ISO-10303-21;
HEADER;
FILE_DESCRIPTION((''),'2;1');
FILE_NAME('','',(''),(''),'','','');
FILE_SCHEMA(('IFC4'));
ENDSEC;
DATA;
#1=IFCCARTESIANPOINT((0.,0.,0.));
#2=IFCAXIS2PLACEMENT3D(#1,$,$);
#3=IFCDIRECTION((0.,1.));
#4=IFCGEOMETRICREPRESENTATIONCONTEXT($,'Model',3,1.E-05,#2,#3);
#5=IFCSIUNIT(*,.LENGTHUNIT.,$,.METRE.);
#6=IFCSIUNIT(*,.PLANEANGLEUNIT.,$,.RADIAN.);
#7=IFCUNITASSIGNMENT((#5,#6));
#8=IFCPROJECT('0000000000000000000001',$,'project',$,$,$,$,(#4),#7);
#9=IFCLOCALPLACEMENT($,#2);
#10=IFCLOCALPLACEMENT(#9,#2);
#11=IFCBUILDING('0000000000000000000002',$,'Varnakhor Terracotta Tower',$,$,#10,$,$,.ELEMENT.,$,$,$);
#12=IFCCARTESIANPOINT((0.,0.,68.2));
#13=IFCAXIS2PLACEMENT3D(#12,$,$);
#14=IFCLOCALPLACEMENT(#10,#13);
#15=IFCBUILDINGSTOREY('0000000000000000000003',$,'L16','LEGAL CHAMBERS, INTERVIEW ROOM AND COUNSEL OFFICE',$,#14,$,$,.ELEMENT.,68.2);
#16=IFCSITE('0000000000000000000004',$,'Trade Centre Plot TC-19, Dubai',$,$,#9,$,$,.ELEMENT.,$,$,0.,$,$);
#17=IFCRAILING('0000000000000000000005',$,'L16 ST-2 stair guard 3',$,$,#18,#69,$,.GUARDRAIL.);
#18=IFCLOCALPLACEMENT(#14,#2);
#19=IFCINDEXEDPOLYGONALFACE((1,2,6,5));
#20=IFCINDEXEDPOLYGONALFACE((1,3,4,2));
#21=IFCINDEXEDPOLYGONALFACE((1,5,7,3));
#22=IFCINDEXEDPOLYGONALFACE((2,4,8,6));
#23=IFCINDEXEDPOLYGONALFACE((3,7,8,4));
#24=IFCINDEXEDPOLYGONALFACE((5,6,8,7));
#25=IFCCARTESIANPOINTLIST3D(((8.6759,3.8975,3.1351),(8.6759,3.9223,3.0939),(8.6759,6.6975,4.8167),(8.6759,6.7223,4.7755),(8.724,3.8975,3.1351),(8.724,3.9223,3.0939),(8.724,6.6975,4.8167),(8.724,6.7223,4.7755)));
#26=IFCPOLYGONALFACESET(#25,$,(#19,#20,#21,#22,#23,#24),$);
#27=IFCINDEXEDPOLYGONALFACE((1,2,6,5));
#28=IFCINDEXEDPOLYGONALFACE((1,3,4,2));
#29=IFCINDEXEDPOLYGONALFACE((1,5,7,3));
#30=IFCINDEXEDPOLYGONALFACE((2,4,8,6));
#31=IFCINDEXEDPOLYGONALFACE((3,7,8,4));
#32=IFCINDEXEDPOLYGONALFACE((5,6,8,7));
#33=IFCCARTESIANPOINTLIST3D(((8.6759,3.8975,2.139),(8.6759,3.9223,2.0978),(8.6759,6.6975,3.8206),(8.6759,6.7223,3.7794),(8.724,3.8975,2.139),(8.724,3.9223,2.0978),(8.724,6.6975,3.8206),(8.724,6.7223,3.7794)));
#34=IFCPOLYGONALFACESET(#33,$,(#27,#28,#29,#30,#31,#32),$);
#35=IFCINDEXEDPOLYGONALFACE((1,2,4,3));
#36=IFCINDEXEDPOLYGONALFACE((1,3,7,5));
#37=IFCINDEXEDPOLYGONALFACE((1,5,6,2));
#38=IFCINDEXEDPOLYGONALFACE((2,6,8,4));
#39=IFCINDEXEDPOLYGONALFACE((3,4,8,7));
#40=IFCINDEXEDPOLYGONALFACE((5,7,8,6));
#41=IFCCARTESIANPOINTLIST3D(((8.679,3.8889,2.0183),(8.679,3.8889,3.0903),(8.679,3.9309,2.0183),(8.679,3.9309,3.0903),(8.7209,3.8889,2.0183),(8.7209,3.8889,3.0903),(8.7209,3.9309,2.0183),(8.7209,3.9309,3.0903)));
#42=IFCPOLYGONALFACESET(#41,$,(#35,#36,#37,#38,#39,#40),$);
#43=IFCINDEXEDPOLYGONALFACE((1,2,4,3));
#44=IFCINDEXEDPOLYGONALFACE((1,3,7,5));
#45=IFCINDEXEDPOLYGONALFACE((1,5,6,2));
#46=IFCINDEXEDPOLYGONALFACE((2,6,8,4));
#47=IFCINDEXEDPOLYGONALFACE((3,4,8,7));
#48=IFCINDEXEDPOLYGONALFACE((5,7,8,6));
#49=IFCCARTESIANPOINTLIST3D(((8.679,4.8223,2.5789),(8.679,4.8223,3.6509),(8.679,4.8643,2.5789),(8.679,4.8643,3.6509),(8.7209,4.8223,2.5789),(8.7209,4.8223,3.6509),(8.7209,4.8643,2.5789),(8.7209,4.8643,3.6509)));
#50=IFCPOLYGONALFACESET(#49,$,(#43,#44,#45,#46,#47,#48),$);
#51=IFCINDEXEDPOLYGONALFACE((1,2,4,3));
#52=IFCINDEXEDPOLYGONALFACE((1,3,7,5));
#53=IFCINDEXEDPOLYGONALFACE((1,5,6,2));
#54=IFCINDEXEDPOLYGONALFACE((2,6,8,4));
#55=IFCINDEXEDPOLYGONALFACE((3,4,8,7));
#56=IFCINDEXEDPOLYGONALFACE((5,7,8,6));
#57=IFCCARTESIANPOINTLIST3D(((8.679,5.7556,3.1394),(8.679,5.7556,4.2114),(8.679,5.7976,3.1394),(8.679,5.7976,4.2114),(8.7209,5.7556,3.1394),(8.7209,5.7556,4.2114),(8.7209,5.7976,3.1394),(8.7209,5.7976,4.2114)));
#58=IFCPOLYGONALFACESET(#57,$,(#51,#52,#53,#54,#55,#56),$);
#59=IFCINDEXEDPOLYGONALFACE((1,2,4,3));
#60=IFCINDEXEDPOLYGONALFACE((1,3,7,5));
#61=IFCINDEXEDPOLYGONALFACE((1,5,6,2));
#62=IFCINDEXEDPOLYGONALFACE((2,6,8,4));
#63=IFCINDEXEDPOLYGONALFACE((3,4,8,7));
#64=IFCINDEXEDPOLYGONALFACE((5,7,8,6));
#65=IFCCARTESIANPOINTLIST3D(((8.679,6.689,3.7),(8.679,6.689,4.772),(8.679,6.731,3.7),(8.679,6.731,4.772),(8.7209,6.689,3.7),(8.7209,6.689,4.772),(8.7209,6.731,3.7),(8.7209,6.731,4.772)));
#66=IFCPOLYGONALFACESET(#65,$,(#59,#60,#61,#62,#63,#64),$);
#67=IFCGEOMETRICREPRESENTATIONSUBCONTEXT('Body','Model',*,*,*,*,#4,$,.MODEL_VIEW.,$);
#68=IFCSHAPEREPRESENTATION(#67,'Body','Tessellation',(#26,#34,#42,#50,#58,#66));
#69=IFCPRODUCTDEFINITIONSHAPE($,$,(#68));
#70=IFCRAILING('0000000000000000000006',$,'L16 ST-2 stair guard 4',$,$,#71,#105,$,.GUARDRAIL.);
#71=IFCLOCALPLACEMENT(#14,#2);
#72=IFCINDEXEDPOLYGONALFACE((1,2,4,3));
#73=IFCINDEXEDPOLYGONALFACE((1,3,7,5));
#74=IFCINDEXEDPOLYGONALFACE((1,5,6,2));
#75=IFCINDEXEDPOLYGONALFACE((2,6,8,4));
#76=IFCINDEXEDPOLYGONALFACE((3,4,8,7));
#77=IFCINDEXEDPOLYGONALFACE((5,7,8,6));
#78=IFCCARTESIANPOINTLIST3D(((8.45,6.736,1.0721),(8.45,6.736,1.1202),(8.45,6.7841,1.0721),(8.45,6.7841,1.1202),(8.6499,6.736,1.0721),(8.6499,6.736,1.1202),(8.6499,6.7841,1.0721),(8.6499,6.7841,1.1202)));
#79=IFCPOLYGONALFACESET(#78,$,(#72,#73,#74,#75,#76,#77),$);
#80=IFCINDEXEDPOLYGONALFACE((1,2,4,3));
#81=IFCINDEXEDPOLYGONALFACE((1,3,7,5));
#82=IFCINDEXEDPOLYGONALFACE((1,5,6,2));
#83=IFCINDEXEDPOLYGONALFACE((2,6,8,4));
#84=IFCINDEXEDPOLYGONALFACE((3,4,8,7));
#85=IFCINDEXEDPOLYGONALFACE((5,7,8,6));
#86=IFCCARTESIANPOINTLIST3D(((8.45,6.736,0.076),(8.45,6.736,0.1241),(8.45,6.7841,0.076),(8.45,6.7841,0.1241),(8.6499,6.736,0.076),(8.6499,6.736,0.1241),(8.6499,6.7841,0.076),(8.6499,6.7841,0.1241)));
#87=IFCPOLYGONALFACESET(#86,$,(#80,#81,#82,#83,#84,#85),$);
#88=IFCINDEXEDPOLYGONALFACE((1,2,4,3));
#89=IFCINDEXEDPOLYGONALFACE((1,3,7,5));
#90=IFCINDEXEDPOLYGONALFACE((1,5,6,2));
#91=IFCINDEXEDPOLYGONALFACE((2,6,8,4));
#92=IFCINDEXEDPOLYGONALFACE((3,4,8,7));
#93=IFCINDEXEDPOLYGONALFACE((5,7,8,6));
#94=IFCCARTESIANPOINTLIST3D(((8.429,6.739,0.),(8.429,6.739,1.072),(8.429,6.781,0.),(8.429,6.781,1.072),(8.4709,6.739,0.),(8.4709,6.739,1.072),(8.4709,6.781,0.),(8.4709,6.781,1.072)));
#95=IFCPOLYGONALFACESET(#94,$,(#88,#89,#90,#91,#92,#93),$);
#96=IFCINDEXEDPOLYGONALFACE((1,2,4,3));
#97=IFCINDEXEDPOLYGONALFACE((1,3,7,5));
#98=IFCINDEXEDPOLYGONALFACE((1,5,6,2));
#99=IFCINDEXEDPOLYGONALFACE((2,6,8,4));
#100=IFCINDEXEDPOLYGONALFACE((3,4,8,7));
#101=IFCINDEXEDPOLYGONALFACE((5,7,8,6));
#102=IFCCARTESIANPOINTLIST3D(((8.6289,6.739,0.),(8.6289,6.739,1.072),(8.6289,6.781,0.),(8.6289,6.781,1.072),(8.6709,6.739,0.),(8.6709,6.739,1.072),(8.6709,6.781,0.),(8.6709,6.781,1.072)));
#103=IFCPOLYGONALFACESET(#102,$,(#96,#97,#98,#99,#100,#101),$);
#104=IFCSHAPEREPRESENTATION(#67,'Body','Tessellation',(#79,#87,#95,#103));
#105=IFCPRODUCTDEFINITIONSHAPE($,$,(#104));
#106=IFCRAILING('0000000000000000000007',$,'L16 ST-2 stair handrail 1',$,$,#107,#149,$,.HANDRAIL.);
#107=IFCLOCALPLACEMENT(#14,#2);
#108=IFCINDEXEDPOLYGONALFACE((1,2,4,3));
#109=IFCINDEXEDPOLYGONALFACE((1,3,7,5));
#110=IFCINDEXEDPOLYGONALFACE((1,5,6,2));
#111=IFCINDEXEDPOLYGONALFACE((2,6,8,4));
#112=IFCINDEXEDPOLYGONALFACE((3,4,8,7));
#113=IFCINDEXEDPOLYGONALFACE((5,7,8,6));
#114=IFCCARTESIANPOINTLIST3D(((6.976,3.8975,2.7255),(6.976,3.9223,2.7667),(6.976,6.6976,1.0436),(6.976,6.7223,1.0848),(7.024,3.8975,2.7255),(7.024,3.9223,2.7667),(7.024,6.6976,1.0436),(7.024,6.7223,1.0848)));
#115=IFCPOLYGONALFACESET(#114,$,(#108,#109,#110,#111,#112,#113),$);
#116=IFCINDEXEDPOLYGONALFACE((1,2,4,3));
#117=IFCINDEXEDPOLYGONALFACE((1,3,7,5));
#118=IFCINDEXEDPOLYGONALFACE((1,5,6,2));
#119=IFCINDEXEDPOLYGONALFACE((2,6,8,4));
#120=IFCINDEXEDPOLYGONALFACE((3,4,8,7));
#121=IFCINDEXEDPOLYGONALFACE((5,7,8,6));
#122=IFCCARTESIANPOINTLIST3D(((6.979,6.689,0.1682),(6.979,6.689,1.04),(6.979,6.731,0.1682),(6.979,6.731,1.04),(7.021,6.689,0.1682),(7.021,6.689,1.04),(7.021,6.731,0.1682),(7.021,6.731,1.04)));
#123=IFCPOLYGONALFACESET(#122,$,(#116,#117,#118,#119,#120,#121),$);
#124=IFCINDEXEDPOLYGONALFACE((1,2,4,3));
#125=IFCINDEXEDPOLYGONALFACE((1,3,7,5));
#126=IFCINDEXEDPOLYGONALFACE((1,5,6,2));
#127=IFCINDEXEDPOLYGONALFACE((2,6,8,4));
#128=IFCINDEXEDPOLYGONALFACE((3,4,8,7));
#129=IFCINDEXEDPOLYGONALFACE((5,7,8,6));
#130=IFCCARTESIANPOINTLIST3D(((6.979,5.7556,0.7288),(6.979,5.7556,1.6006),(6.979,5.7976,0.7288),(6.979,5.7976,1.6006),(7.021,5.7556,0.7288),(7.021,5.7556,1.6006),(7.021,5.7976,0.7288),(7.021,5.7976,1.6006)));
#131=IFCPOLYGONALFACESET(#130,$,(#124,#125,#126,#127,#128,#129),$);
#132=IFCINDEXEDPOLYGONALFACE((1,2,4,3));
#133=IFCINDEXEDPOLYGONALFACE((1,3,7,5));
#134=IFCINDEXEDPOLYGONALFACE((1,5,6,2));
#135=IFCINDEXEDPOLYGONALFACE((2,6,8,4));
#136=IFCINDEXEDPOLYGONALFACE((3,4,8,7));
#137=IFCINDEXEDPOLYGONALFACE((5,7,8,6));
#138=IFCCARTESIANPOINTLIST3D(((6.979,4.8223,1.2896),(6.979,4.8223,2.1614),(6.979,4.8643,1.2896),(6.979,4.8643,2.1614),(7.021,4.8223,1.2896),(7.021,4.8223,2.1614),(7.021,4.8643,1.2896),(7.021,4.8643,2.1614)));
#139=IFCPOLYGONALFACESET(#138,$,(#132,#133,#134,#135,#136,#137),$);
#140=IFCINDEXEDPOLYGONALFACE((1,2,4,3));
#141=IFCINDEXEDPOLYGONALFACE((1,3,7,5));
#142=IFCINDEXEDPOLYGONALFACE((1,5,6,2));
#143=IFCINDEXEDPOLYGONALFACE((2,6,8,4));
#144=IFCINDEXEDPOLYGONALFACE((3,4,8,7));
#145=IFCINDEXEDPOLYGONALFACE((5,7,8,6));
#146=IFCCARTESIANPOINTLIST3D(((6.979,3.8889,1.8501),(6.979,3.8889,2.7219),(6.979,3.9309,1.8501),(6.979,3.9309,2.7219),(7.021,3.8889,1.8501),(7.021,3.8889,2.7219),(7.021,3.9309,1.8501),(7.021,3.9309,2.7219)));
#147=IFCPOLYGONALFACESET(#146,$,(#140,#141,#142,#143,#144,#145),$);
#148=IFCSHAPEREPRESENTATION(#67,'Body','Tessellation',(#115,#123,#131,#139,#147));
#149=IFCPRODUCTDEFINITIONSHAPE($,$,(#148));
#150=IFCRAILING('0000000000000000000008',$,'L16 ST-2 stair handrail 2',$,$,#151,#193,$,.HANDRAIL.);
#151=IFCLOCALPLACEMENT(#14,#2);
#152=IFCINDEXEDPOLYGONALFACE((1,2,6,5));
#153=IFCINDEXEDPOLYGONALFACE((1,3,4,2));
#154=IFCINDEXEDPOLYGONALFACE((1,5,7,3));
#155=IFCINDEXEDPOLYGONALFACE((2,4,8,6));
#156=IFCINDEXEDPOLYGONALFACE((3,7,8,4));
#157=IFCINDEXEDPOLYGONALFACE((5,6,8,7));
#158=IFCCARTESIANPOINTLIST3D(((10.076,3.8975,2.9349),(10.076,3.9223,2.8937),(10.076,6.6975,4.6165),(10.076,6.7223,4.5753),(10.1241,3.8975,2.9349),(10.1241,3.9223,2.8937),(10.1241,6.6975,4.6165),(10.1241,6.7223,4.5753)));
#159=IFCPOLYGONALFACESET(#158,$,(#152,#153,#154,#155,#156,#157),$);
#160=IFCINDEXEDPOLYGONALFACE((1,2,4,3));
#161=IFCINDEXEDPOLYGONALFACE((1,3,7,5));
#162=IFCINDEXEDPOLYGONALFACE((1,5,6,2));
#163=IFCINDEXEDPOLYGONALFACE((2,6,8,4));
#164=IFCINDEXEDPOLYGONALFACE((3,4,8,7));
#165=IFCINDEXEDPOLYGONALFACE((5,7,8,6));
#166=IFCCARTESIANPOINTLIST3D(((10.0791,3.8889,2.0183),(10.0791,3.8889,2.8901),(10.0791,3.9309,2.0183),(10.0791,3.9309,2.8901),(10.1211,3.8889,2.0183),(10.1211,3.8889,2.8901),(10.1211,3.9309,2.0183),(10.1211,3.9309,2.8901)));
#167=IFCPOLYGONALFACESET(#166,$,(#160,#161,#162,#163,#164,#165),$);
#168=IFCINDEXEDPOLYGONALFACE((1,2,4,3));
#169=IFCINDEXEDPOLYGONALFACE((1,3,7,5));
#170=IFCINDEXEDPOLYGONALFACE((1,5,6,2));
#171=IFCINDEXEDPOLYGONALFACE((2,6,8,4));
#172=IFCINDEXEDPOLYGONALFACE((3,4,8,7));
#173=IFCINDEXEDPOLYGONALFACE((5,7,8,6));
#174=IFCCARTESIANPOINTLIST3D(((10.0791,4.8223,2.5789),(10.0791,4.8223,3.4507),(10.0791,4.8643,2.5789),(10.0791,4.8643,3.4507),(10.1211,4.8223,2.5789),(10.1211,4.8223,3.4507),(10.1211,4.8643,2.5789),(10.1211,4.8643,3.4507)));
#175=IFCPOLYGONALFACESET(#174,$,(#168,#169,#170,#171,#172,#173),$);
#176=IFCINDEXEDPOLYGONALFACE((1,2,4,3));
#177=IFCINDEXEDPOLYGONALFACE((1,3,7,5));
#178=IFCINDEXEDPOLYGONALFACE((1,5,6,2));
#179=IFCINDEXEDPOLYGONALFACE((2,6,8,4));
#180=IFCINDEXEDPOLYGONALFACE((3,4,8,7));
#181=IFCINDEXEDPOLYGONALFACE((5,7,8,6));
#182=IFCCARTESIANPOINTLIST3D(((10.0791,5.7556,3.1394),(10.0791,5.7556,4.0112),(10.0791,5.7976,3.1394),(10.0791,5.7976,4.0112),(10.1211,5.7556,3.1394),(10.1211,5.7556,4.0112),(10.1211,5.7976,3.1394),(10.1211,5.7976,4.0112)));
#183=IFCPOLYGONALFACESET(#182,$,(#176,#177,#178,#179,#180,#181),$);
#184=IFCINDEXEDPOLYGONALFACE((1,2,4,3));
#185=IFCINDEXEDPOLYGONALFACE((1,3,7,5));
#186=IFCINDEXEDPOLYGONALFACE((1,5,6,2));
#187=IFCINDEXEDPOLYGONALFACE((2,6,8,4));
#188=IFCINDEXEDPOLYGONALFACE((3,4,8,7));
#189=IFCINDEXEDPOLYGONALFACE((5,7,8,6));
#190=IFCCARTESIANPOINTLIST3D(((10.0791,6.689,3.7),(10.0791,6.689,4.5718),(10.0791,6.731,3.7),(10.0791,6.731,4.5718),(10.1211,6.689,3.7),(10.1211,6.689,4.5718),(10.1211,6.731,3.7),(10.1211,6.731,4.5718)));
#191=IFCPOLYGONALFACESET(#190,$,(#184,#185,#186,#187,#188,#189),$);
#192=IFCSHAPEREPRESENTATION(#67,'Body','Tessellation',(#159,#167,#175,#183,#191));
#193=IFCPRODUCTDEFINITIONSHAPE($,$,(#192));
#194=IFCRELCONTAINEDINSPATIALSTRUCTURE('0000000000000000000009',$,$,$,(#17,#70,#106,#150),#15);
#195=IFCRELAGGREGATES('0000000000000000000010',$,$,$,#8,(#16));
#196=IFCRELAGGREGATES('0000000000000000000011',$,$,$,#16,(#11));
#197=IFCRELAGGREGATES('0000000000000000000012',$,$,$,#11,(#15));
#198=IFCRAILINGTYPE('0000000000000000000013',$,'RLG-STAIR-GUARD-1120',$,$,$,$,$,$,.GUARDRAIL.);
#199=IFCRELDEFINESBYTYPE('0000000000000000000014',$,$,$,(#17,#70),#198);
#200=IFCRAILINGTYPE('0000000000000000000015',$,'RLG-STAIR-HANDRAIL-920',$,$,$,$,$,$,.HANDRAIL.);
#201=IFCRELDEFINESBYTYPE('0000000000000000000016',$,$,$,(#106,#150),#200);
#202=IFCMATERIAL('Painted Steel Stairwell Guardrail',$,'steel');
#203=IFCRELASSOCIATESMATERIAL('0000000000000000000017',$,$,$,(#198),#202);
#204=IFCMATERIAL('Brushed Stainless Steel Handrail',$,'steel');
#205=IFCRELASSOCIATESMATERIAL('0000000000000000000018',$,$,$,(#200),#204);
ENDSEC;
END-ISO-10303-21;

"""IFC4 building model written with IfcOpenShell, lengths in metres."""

from ifc_helpers import new_model, si_unit, direction, frame, origin, origin_2d, place, context, subcontext, project, spatial, rectangle, extrude, material, type_object, element, save


model = new_model("IFC4")

# Units and contexts
model_context = context("Model", 3, precision=1e-05, world=origin(), true_north=direction((0.0, 1.0)))
body_context = subcontext(model_context, "Body", "Model", "MODEL_VIEW")
ifc_project = project(units=[si_unit("LENGTHUNIT", "METRE"), si_unit("PLANEANGLEUNIT", "RADIAN")], contexts=[model_context])

# Site, building, storey
site_placement = place(None, origin())
site = spatial("IfcSite", under=ifc_project, at=site_placement, Name="Trade Centre Plot TC-19, Dubai", CompositionType="ELEMENT", RefElevation=0.0)
building_placement = place(site_placement, origin())
building = spatial("IfcBuilding", under=site, at=building_placement, Name="Varnakhor Terracotta Tower", CompositionType="ELEMENT")
storey_placement = place(building_placement, frame((0.0, 0.0, 68.2)))
storey = spatial("IfcBuildingStorey", under=building, at=storey_placement, Name="L16", Description="LEGAL CHAMBERS, INTERVIEW ROOM AND COUNSEL OFFICE", CompositionType="ELEMENT", Elevation=68.2)

# Railings
ifc_material_1 = material(Name="Painted Steel Stairwell Guardrail", Category="steel")
railing_type_1 = type_object("IfcRailingType", Name="RLG-STAIR-GUARD-1120", PredefinedType="GUARDRAIL", material=ifc_material_1)
railing_1_placement = place(storey_placement, frame((8.7, 3.9099, 2.0183)))
element("IfcRailing", 1, at=railing_1_placement, inside=storey, type_object=railing_type_1, Name="L16 ST-2 stair guard 3", PredefinedType="GUARDRAIL", context=body_context, shape_type="SweptSolid", body=[
    extrude(rectangle(XDim=0.0481, YDim=0.0481, at=origin_2d()), frame((0.0, 0.0, 1.0962), z_axis=(0.0, 0.857275, 0.514858), x_axis=(-1.0, 0.0, 0.0)), (0.0, 0.0, 1.0), 3.2661),
    extrude(rectangle(XDim=0.0481, YDim=0.0481, at=origin_2d()), frame((0.0, 0.0, 0.1001), z_axis=(0.0, 0.857275, 0.514858), x_axis=(-1.0, 0.0, 0.0)), (0.0, 0.0, 1.0), 3.2661),
    extrude(rectangle(XDim=0.042, YDim=0.042, at=origin_2d()), origin(), (0.0, 0.0, 1.0), 1.072),
    extrude(rectangle(XDim=0.042, YDim=0.042, at=origin_2d()), frame((0.0, 0.9333, 0.5605)), (0.0, 0.0, 1.0), 1.072),
    extrude(rectangle(XDim=0.042, YDim=0.042, at=origin_2d()), frame((0.0, 1.8667, 1.1211)), (0.0, 0.0, 1.0), 1.072),
    extrude(rectangle(XDim=0.042, YDim=0.042, at=origin_2d()), frame((0.0, 2.8, 1.6816)), (0.0, 0.0, 1.0), 1.072),
])
railing_2_placement = place(storey_placement, frame((8.45, 6.76, 0.0)))
element("IfcRailing", 2, at=railing_2_placement, inside=storey, type_object=railing_type_1, Name="L16 ST-2 stair guard 4", PredefinedType="GUARDRAIL", context=body_context, shape_type="SweptSolid", body=[
    extrude(rectangle(XDim=0.0481, YDim=0.0481, at=origin_2d()), frame((0.0, 0.0, 1.0962), z_axis=(1.0, 0.0, 0.0), x_axis=(0.0, 1.0, 0.0)), (0.0, 0.0, 1.0), 0.2),
    extrude(rectangle(XDim=0.0481, YDim=0.0481, at=origin_2d()), frame((0.0, 0.0, 0.1001), z_axis=(1.0, 0.0, 0.0), x_axis=(0.0, 1.0, 0.0)), (0.0, 0.0, 1.0), 0.2),
    extrude(rectangle(XDim=0.042, YDim=0.042, at=origin_2d()), origin(), (0.0, 0.0, 1.0), 1.072),
    extrude(rectangle(XDim=0.042, YDim=0.042, at=origin_2d()), frame((0.2, 0.0, 0.0)), (0.0, 0.0, 1.0), 1.072),
])
ifc_material_2 = material(Name="Brushed Stainless Steel Handrail", Category="steel")
railing_type_2 = type_object("IfcRailingType", Name="RLG-STAIR-HANDRAIL-920", PredefinedType="HANDRAIL", material=ifc_material_2)
railing_3_placement = place(storey_placement, frame((7.0, 6.71, 0.1682)))
element("IfcRailing", 3, at=railing_3_placement, inside=storey, type_object=railing_type_2, Name="L16 ST-2 stair handrail 1", PredefinedType="HANDRAIL", context=body_context, shape_type="SweptSolid", body=[
    extrude(rectangle(XDim=0.0481, YDim=0.0481, at=origin_2d()), frame((0.0, 0.0, 0.896), z_axis=(0.0, -0.857242, 0.514913), x_axis=(1.0, 0.0, 0.0)), (0.0, 0.0, 1.0), 3.2664),
    extrude(rectangle(XDim=0.042, YDim=0.042, at=origin_2d()), origin(), (0.0, 0.0, 1.0), 0.8718),
    extrude(rectangle(XDim=0.042, YDim=0.042, at=origin_2d()), frame((0.0, -0.9333, 0.5605)), (0.0, 0.0, 1.0), 0.8718),
    extrude(rectangle(XDim=0.042, YDim=0.042, at=origin_2d()), frame((0.0, -1.8667, 1.1213)), (0.0, 0.0, 1.0), 0.8718),
    extrude(rectangle(XDim=0.042, YDim=0.042, at=origin_2d()), frame((0.0, -2.8, 1.6819)), (0.0, 0.0, 1.0), 0.8718),
])
railing_4_placement = place(storey_placement, frame((10.1001, 3.9099, 2.0183)))
element("IfcRailing", 4, at=railing_4_placement, inside=storey, type_object=railing_type_2, Name="L16 ST-2 stair handrail 2", PredefinedType="HANDRAIL", context=body_context, shape_type="SweptSolid", body=[
    extrude(rectangle(XDim=0.0481, YDim=0.0481, at=origin_2d()), frame((0.0, 0.0, 0.896), z_axis=(0.0, 0.857275, 0.514858), x_axis=(-1.0, 0.0, 0.0)), (0.0, 0.0, 1.0), 3.2661),
    extrude(rectangle(XDim=0.042, YDim=0.042, at=origin_2d()), origin(), (0.0, 0.0, 1.0), 0.8718),
    extrude(rectangle(XDim=0.042, YDim=0.042, at=origin_2d()), frame((0.0, 0.9333, 0.5605)), (0.0, 0.0, 1.0), 0.8718),
    extrude(rectangle(XDim=0.042, YDim=0.042, at=origin_2d()), frame((0.0, 1.8667, 1.1211)), (0.0, 0.0, 1.0), 0.8718),
    extrude(rectangle(XDim=0.042, YDim=0.042, at=origin_2d()), frame((0.0, 2.8, 1.6816)), (0.0, 0.0, 1.0), 0.8718),
])

save(model, "model.ifc")
